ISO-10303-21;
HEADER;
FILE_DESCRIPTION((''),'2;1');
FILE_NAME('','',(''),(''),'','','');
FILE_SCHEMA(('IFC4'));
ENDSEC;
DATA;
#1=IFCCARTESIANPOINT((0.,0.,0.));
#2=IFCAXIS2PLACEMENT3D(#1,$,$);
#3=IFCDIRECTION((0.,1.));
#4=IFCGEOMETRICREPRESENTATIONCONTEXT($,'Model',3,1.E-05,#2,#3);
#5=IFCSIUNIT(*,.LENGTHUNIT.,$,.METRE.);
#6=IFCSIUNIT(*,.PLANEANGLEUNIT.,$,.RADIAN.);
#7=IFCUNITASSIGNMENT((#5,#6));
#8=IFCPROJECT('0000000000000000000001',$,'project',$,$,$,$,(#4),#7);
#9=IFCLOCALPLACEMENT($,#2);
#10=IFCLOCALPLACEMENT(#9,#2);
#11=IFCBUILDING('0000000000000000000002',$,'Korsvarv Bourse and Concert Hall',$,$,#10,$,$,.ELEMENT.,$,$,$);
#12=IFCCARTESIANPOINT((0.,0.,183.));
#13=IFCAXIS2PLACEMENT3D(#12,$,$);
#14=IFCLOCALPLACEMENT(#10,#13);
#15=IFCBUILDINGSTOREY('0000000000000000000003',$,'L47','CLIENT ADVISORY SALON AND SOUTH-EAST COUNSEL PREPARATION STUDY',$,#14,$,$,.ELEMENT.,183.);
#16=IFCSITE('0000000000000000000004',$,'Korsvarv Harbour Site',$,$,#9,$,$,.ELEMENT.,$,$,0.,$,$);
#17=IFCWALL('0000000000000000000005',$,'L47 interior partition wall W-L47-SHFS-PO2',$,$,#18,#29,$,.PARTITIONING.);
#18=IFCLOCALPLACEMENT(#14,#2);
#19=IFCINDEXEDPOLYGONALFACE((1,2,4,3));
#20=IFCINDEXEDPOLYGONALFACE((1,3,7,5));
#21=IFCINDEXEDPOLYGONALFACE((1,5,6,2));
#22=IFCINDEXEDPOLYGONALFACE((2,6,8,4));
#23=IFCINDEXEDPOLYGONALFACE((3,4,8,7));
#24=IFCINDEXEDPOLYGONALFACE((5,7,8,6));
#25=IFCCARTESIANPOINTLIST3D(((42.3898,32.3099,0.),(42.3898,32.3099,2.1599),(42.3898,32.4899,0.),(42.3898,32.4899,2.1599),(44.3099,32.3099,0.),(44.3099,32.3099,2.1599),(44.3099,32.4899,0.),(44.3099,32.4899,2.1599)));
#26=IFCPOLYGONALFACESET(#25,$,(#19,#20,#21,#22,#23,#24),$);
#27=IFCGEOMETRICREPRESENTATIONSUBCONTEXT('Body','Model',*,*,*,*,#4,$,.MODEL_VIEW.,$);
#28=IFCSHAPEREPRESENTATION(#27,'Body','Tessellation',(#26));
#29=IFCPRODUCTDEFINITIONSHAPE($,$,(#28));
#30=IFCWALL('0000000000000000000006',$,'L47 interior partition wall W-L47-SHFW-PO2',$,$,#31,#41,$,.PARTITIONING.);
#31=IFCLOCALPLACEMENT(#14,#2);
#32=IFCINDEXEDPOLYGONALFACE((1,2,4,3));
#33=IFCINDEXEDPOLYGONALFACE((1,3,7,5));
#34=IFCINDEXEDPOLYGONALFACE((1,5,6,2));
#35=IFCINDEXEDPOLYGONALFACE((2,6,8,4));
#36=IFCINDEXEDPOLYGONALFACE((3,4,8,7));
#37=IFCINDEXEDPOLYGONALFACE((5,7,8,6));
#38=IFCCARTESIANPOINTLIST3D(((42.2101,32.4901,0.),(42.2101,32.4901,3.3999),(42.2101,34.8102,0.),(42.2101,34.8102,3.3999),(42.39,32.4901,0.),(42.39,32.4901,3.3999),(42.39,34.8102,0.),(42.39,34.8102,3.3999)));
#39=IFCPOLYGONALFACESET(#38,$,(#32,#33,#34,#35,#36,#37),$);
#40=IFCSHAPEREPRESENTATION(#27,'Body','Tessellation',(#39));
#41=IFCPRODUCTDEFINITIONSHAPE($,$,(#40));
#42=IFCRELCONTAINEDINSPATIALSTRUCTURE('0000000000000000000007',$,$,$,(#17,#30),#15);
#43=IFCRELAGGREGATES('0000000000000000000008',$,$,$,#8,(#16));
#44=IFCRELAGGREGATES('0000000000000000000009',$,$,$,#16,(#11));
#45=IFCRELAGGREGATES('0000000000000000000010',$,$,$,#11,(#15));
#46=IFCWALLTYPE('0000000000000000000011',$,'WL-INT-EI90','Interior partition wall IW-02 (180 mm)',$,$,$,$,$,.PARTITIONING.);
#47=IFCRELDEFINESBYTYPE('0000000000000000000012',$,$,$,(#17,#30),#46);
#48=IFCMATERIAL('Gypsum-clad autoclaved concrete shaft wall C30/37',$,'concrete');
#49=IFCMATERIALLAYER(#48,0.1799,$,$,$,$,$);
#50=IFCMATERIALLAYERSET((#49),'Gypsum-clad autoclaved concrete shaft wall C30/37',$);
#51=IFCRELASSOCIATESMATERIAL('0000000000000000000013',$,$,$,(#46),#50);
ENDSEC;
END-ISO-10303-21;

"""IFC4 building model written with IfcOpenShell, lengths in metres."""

from ifc_helpers import new_model, si_unit, direction, frame, frame_2d, origin, place, context, subcontext, project, spatial, rectangle, extrude, material, layer, layer_set, type_object, element, save


model = new_model("IFC4")

# Units and contexts
model_context = context("Model", 3, precision=1e-05, world=origin(), true_north=direction((0.0, 1.0)))
body_context = subcontext(model_context, "Body", "Model", "MODEL_VIEW")
ifc_project = project(units=[si_unit("LENGTHUNIT", "METRE"), si_unit("PLANEANGLEUNIT", "RADIAN")], contexts=[model_context])

# Site, building, storey
site_placement = place(None, origin())
site = spatial("IfcSite", under=ifc_project, at=site_placement, Name="Korsvarv Harbour Site", CompositionType="ELEMENT", RefElevation=0.0)
building_placement = place(site_placement, origin())
building = spatial("IfcBuilding", under=site, at=building_placement, Name="Korsvarv Bourse and Concert Hall", CompositionType="ELEMENT")
storey_placement = place(building_placement, frame((0.0, 0.0, 183.0)))
storey = spatial("IfcBuildingStorey", under=building, at=storey_placement, Name="L47", Description="CLIENT ADVISORY SALON AND SOUTH-EAST COUNSEL PREPARATION STUDY", CompositionType="ELEMENT", Elevation=183.0)

# Walls
ifc_material_1 = material(Name="Gypsum-clad autoclaved concrete shaft wall C30/37", Category="concrete")
ifc_layer_1 = layer(ifc_material_1, 0.1799)
ifc_layer_set_1 = layer_set([ifc_layer_1], Name="Gypsum-clad autoclaved concrete shaft wall C30/37")
wall_type_1 = type_object("IfcWallType", Name="WL-INT-EI90", Description="Interior partition wall IW-02 (180 mm)", PredefinedType="PARTITIONING", material=ifc_layer_set_1)
wall_1_placement = place(storey_placement, frame((42.3899, 32.3999, 0.0), z_axis=(0.0, 0.0, 1.0), x_axis=(1.0, 0.0, 0.0)))
element("IfcWall", 1, at=wall_1_placement, inside=storey, type_object=wall_type_1, Name="L47 interior partition wall W-L47-SHFS-PO2", PredefinedType="PARTITIONING", context=body_context, shape_type="SweptSolid", body=[
    extrude(rectangle(XDim=1.9202, YDim=0.1799, at=frame_2d((0.96, 0.0))), origin(), (0.0, 0.0, 1.0), 2.1599),
])
wall_2_placement = place(storey_placement, frame((42.3, 32.49, 0.0), z_axis=(0.0, 0.0, 1.0), x_axis=(0.0, 1.0, 0.0)))
element("IfcWall", 2, at=wall_2_placement, inside=storey, type_object=wall_type_1, Name="L47 interior partition wall W-L47-SHFW-PO2", PredefinedType="PARTITIONING", context=body_context, shape_type="SweptSolid", body=[
    extrude(rectangle(XDim=2.3201, YDim=0.1799, at=frame_2d((1.1602, 0.0))), origin(), (0.0, 0.0, 1.0), 3.3999),
])

save(model, "model.ifc")
